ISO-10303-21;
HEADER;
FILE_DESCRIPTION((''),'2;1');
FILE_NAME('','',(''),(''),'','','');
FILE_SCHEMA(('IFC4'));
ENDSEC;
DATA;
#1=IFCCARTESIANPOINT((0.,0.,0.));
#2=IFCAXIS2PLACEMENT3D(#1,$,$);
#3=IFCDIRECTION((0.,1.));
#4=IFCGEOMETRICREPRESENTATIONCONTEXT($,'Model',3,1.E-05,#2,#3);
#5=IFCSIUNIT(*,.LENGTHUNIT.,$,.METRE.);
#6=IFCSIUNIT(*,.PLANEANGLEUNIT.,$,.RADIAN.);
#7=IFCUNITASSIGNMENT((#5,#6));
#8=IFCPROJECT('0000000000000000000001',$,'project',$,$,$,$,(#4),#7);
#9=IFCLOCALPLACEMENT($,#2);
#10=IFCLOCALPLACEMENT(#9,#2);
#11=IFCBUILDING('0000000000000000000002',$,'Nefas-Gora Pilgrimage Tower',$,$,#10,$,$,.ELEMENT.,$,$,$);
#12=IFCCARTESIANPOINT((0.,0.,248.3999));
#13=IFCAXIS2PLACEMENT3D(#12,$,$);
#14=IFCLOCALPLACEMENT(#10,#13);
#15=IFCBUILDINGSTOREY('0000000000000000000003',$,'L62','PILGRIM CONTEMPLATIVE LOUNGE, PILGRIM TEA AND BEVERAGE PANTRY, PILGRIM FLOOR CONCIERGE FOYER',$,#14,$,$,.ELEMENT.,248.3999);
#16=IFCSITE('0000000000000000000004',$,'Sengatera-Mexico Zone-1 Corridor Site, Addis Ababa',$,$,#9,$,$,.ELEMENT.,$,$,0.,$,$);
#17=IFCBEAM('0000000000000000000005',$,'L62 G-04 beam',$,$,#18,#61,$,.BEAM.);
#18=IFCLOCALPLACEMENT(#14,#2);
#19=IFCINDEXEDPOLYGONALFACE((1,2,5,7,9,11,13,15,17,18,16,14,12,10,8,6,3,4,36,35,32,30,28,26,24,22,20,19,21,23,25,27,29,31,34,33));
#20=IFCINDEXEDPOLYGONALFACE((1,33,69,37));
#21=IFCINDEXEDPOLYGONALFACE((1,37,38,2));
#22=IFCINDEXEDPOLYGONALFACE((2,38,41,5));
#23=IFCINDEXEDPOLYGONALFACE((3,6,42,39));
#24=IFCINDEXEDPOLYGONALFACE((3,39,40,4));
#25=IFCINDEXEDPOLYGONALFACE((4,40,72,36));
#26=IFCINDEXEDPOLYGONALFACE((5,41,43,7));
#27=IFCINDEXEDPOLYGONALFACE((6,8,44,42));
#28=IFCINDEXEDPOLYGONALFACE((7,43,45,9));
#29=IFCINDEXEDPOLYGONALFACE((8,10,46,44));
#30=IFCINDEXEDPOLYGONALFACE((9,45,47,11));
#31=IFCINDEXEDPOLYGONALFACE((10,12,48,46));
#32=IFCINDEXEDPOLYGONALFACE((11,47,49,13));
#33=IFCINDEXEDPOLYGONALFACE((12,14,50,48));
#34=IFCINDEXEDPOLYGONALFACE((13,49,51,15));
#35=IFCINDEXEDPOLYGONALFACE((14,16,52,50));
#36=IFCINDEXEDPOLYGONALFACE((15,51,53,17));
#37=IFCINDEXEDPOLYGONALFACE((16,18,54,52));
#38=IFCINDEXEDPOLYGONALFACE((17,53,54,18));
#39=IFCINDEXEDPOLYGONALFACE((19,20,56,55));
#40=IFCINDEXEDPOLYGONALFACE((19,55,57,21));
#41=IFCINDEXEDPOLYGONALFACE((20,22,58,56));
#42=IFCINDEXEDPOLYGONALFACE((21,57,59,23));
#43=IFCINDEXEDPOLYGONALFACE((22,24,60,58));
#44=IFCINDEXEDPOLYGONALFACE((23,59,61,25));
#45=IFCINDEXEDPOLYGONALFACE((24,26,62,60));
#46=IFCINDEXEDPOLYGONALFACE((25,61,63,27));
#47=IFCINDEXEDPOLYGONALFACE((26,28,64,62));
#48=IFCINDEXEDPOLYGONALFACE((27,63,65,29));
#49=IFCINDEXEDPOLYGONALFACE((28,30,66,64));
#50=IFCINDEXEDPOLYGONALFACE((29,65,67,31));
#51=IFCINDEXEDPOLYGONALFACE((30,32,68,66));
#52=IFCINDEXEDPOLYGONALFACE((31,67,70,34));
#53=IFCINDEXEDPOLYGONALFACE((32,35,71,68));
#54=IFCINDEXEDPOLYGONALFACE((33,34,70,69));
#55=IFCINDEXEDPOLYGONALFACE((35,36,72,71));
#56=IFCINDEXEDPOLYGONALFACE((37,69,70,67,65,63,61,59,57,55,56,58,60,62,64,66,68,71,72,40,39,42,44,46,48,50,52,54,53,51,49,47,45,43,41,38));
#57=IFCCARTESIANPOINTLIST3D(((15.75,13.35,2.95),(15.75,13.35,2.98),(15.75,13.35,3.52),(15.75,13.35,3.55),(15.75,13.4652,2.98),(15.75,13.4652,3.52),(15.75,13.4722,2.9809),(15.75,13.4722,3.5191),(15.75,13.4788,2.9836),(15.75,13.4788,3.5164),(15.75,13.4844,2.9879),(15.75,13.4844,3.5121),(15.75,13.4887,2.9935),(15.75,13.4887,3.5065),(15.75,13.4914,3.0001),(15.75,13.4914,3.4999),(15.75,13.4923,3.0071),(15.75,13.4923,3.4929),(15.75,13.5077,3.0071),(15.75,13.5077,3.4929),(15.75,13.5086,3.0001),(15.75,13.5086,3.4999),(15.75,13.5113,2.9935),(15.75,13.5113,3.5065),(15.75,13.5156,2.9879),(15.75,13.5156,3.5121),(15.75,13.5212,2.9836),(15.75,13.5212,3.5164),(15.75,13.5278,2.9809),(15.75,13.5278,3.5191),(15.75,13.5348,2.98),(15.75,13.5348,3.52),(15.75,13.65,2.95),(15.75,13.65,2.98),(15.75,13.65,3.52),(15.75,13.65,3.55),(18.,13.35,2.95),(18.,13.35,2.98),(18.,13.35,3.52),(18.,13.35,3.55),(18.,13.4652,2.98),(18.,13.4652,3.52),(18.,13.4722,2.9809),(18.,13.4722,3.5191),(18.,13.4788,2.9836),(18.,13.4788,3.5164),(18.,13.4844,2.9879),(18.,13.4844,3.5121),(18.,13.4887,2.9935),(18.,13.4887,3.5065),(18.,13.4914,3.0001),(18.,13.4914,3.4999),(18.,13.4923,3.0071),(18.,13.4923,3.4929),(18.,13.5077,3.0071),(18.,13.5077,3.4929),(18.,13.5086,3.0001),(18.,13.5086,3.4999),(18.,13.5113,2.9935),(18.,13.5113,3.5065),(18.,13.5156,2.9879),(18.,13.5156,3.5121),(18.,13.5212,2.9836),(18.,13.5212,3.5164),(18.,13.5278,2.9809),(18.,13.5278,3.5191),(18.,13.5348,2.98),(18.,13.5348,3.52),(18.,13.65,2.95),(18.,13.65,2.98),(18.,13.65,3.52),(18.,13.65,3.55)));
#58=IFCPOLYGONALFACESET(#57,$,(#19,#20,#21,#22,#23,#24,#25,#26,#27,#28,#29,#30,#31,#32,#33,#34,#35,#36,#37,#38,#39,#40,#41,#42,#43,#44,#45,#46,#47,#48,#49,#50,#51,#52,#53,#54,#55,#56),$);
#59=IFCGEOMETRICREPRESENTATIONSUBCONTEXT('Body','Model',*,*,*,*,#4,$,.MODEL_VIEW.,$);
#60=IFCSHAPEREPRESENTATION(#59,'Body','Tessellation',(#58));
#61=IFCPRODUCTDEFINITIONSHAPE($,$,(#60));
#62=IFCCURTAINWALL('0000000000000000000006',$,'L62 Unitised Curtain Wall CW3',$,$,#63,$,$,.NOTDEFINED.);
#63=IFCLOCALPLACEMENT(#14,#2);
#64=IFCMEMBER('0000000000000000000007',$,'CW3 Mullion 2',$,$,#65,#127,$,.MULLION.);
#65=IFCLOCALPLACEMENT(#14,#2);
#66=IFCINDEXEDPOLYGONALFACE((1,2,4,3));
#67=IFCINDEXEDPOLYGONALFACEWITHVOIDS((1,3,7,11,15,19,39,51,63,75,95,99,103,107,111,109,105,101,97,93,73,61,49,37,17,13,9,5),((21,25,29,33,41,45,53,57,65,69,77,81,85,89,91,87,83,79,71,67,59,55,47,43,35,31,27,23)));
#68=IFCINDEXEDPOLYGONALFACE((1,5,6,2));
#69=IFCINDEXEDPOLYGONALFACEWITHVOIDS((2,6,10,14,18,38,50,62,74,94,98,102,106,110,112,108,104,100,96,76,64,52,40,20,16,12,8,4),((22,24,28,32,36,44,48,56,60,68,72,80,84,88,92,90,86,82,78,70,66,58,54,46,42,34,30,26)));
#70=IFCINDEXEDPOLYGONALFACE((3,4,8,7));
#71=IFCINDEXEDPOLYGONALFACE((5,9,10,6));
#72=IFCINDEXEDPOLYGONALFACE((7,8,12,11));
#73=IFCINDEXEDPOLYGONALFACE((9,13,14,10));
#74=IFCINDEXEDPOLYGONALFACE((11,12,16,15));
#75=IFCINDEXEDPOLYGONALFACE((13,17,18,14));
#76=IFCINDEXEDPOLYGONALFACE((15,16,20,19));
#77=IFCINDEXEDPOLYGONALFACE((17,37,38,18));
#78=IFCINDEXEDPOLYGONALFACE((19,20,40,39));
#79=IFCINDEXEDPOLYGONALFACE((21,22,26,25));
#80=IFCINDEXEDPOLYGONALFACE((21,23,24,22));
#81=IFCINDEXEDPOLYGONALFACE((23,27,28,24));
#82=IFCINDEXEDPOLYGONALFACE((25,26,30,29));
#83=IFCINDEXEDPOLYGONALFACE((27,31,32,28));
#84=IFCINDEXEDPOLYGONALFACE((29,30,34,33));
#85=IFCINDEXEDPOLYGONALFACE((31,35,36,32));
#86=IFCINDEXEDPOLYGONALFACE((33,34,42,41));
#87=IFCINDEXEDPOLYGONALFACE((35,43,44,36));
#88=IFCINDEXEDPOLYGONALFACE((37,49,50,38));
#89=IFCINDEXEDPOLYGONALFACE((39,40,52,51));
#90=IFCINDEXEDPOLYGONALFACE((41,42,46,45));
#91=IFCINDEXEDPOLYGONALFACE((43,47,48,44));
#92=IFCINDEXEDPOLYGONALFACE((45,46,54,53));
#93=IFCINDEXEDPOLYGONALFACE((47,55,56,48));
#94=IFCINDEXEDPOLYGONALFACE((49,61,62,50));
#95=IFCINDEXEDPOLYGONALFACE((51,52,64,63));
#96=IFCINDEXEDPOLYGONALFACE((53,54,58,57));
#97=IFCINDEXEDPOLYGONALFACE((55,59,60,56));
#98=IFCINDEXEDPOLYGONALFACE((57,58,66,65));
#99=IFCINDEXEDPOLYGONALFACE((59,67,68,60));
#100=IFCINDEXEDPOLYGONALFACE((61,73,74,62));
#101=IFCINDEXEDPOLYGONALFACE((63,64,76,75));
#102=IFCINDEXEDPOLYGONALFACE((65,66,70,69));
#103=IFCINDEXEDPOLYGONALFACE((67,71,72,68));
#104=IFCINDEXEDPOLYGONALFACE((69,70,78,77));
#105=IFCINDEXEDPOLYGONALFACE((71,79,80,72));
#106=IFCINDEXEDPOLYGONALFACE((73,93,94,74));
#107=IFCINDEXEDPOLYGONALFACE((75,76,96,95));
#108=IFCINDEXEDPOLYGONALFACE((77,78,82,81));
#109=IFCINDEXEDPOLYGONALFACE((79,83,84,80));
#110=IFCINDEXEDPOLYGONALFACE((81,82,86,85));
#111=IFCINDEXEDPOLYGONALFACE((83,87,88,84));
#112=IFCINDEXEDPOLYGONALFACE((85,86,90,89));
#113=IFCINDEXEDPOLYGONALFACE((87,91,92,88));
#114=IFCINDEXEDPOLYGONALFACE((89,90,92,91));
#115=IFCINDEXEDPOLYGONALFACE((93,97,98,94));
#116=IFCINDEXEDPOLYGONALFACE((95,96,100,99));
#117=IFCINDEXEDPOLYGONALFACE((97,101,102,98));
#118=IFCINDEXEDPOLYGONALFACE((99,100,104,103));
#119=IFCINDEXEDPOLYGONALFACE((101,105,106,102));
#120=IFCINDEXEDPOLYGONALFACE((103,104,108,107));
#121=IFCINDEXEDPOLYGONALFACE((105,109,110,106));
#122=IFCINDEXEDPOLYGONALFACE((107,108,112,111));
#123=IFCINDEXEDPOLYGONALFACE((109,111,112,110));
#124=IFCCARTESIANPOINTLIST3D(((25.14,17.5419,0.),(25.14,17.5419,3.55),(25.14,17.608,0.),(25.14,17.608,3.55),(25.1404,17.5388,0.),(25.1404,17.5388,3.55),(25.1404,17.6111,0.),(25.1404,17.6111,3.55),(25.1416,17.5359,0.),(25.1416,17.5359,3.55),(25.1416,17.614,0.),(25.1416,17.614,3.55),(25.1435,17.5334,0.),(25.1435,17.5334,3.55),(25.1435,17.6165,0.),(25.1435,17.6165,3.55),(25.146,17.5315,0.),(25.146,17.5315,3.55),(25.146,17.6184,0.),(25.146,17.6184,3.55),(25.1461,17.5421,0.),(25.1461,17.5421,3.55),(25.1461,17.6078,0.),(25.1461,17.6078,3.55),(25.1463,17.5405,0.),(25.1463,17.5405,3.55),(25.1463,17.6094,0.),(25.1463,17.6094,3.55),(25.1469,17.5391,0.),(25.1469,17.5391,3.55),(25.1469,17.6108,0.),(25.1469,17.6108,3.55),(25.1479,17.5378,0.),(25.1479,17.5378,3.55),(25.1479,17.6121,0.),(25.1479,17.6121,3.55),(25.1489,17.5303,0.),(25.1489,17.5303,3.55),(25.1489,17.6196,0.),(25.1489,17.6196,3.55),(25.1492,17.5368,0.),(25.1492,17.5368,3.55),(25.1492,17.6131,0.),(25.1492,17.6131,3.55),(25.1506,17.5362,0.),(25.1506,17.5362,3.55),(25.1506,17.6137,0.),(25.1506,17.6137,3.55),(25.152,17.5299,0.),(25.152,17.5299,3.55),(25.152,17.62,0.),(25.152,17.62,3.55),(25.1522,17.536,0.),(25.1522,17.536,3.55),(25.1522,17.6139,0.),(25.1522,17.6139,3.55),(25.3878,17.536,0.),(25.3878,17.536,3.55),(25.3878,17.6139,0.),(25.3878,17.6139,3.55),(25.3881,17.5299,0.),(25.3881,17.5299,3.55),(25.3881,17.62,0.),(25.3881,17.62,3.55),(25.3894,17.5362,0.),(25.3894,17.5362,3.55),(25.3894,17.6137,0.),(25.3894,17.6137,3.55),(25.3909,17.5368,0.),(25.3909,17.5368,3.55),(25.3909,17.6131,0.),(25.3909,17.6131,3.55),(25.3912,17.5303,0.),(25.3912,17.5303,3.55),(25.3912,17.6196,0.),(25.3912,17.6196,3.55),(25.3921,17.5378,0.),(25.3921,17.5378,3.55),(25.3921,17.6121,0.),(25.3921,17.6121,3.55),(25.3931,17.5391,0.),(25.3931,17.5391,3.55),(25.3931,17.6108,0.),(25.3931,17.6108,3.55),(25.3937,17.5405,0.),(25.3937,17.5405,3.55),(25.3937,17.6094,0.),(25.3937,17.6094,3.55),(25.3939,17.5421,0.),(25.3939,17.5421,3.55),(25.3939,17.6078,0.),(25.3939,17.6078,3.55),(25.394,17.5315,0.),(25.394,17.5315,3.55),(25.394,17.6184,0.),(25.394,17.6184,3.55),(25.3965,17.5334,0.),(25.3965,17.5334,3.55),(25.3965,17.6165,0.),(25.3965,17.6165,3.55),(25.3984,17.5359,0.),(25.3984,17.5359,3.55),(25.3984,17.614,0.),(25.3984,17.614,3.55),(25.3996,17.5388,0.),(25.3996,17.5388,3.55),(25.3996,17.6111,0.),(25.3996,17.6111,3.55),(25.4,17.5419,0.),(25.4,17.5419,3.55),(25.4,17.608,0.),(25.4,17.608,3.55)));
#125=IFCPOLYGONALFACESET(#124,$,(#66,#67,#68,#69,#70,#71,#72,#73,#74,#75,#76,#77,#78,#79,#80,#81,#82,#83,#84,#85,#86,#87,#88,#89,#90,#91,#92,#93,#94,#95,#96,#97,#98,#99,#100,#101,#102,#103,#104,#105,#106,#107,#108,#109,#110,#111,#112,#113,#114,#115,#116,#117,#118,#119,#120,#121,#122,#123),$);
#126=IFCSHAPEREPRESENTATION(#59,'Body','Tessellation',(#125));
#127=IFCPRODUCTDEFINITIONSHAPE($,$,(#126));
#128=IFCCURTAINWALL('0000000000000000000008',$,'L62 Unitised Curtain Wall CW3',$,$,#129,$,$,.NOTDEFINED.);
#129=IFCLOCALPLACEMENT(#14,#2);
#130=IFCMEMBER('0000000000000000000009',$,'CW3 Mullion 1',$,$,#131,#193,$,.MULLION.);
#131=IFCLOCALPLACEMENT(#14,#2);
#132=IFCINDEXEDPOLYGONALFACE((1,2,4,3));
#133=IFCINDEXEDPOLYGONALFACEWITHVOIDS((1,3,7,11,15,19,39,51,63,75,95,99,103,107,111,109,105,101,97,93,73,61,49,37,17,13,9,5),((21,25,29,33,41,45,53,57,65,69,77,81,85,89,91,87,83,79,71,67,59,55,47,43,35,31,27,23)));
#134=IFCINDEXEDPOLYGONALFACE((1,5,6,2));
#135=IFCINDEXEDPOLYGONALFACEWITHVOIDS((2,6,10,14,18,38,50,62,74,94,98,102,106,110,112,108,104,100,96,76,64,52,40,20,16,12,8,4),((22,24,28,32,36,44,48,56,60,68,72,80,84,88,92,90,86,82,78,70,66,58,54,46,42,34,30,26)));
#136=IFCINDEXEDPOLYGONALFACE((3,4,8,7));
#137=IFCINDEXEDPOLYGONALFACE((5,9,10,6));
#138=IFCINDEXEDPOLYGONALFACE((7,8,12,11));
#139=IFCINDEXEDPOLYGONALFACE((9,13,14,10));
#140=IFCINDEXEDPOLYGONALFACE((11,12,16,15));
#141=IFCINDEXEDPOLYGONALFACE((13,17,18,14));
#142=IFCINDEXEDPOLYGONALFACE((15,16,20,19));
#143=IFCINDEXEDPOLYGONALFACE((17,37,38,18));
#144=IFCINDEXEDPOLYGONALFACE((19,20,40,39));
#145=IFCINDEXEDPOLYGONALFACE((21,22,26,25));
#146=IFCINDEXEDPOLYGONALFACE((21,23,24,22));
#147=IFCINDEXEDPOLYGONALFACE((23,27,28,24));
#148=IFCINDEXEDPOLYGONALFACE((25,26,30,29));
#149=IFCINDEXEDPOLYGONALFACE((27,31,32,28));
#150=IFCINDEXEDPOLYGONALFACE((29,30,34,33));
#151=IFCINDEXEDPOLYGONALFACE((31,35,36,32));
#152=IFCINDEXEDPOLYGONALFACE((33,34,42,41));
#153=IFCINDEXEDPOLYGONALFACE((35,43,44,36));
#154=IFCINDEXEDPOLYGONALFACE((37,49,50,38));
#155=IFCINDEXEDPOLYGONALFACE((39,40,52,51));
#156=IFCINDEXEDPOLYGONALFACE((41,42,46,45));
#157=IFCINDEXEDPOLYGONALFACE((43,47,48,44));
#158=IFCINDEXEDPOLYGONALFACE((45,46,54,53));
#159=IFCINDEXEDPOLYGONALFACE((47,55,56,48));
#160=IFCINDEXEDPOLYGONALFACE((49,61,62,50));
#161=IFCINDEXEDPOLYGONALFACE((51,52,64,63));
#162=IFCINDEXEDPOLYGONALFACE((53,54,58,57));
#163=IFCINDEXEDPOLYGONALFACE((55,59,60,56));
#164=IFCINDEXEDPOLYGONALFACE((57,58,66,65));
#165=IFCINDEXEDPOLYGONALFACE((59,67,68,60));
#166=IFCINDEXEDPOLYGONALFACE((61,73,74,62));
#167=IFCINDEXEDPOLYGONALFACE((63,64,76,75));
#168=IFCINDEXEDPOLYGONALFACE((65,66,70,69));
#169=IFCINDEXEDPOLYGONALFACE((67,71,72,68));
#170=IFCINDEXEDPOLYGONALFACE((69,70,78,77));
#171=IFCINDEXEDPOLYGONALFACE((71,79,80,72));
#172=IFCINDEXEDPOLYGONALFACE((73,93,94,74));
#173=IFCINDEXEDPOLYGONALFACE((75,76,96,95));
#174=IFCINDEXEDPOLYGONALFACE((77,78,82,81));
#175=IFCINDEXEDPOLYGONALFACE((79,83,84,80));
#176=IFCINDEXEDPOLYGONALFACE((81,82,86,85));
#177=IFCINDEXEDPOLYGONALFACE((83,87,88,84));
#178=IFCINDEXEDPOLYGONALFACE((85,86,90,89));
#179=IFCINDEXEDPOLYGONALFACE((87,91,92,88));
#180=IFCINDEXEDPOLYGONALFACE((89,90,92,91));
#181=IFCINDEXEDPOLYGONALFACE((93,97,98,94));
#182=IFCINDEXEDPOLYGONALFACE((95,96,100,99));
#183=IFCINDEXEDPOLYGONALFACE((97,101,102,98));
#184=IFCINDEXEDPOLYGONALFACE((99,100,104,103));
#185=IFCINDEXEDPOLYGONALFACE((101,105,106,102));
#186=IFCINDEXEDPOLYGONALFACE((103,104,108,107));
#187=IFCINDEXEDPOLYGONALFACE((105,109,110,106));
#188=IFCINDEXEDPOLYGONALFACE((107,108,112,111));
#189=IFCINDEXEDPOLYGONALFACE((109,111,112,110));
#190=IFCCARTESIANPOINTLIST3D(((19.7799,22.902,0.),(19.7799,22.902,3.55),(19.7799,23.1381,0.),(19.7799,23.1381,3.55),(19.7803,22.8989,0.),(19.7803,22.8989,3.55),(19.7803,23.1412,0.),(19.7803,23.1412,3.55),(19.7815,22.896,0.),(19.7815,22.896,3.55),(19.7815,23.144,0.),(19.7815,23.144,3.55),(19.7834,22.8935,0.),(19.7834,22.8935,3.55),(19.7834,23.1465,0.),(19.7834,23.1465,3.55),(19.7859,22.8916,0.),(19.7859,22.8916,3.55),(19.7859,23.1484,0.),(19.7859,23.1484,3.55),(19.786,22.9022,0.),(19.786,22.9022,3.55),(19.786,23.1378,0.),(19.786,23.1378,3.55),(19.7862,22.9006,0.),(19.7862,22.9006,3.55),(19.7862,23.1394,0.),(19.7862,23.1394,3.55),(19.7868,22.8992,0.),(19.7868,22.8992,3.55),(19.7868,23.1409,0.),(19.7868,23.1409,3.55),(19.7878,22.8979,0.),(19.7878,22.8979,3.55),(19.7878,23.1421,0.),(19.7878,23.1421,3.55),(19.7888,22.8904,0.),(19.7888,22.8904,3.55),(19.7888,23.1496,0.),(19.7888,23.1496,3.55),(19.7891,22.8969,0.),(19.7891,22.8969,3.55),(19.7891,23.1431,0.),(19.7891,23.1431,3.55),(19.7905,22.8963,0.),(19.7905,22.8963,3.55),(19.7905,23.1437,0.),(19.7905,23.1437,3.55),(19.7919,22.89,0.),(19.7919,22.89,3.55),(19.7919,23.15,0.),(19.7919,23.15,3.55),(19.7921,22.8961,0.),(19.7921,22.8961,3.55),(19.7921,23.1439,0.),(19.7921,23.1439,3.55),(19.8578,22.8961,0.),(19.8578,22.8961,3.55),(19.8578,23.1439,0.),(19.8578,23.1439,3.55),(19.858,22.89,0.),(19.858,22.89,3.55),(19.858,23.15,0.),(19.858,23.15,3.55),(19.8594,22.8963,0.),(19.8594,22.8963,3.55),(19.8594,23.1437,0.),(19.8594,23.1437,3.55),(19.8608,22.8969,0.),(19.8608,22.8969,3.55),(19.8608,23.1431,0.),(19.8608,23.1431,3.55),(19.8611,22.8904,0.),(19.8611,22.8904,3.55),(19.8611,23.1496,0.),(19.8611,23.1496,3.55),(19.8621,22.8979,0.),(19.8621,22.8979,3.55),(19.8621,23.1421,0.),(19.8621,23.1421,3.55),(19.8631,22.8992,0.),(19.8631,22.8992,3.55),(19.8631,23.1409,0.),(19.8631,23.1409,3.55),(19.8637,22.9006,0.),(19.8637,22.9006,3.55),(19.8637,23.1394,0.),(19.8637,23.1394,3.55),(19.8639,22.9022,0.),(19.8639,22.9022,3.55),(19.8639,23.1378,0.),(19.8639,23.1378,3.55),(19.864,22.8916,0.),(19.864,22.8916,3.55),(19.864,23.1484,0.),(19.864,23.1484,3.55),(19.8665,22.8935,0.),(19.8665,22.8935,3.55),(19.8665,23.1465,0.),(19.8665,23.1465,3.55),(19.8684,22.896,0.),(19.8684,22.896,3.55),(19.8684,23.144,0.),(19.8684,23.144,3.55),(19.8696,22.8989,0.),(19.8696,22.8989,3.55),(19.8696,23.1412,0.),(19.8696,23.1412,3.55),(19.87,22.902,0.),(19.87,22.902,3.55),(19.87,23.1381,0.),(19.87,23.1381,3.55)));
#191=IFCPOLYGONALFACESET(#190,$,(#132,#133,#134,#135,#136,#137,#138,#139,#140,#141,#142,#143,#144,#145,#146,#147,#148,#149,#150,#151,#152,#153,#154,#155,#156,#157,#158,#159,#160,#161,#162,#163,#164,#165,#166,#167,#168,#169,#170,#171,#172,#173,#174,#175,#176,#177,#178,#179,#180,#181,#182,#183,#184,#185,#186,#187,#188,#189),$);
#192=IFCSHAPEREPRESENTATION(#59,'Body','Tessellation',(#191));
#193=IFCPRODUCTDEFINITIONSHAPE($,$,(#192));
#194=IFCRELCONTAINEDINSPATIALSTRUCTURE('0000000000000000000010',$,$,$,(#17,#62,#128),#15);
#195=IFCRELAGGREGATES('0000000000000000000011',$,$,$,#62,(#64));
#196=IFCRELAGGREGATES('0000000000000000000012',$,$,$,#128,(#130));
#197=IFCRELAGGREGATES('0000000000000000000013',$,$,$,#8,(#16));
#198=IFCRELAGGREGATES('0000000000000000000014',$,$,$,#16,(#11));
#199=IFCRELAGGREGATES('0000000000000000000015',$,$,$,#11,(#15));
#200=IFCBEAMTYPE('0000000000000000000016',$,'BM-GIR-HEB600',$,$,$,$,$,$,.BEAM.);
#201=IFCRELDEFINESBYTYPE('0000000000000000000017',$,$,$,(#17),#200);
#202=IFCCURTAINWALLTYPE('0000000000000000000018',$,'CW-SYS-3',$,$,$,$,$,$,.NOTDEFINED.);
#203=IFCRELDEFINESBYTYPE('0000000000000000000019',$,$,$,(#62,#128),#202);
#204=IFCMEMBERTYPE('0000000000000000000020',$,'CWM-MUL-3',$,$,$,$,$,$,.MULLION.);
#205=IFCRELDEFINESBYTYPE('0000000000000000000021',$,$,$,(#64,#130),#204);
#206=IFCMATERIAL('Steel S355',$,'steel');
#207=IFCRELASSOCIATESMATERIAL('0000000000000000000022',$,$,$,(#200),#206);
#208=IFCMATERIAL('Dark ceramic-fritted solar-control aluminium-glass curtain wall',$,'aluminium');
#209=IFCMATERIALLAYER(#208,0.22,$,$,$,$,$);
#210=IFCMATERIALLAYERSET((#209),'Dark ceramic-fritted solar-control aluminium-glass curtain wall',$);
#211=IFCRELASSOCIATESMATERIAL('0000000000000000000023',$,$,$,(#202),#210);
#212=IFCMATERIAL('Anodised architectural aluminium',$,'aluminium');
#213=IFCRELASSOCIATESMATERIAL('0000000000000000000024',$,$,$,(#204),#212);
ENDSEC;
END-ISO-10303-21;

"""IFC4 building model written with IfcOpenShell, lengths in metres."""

from ifc_helpers import new_model, si_unit, direction, frame, origin, origin_2d, place, context, subcontext, project, spatial, hollow_rectangle, i_section, extrude, source, transform, mapped, material, layer, layer_set, material_profile, profile_set, type_object, element, aggregate, save


model = new_model("IFC4")

# Units and contexts
model_context = context("Model", 3, precision=1e-05, world=origin(), true_north=direction((0.0, 1.0)))
body_context = subcontext(model_context, "Body", "Model", "MODEL_VIEW")
ifc_project = project(units=[si_unit("LENGTHUNIT", "METRE"), si_unit("PLANEANGLEUNIT", "RADIAN")], contexts=[model_context])

# Site, building, storey
site_placement = place(None, origin())
site = spatial("IfcSite", under=ifc_project, at=site_placement, Name="Sengatera-Mexico Zone-1 Corridor Site, Addis Ababa", CompositionType="ELEMENT", RefElevation=0.0)
building_placement = place(site_placement, origin())
building = spatial("IfcBuilding", under=site, at=building_placement, Name="Nefas-Gora Pilgrimage Tower", CompositionType="ELEMENT")
storey_placement = place(building_placement, frame((0.0, 0.0, 248.3999)))
storey = spatial("IfcBuildingStorey", under=building, at=storey_placement, Name="L62", Description="PILGRIM CONTEMPLATIVE LOUNGE, PILGRIM TEA AND BEVERAGE PANTRY, PILGRIM FLOOR CONCIERGE FOYER", CompositionType="ELEMENT", Elevation=248.3999)

# Beam
ifc_material_1 = material(Name="Steel S355", Category="steel")
ifc_material_profile_1 = material_profile(ifc_material_1, i_section(OverallWidth=0.3, OverallDepth=0.6001, WebThickness=0.0154, FlangeThickness=0.03, FilletRadius=0.0271, at=origin_2d()), Name="HEB 600")
ifc_profile_set_1 = profile_set([ifc_material_profile_1], Name="Steel S355")
beam_type_1 = type_object("IfcBeamType", Name="BM-GIR-HEB600", PredefinedType="BEAM", material=ifc_profile_set_1)
shared_shape_1 = source(origin(), body_context, "Body", "SweptSolid", [
    extrude(i_section(OverallWidth=0.3, OverallDepth=0.6001, WebThickness=0.0154, FlangeThickness=0.03, FilletRadius=0.0271, at=origin_2d()), origin(), (0.0, 0.0, 1.0), 2.25),
])
beam_1_placement = place(storey_placement, frame((15.75, 13.5, 3.25), z_axis=(1.0, 0.0, 0.0), x_axis=(0.0, 1.0, 0.0)))
element("IfcBeam", 1, at=beam_1_placement, inside=storey, type_object=beam_type_1, Name="L62 G-04 beam", PredefinedType="BEAM", context=body_context, shape_type="MappedRepresentation", body=[
    mapped(shared_shape_1, transform((0.0, 0.0, 0.0), x_axis=(1.0, 0.0, 0.0), y_axis=(0.0, 1.0, 0.0), z_axis=(0.0, 0.0, 1.0), scale=1.0)),
])

# Curtain wall, member
ifc_material_2 = material(Name="Dark ceramic-fritted solar-control aluminium-glass curtain wall", Category="aluminium")
ifc_layer_1 = layer(ifc_material_2, 0.22)
ifc_layer_set_1 = layer_set([ifc_layer_1], Name="Dark ceramic-fritted solar-control aluminium-glass curtain wall")
curtain_wall_type = type_object("IfcCurtainWallType", Name="CW-SYS-3", PredefinedType="NOTDEFINED", material=ifc_layer_set_1)
curtain_wall_1_placement = place(storey_placement, origin())
curtain_wall_1 = element("IfcCurtainWall", 2, at=curtain_wall_1_placement, inside=storey, type_object=curtain_wall_type, Name="L62 Unitised Curtain Wall CW3", PredefinedType="NOTDEFINED")
ifc_material_3 = material(Name="Anodised architectural aluminium", Category="aluminium")
ifc_material_profile_2 = material_profile(ifc_material_3, hollow_rectangle(XDim=0.0901, YDim=0.26, WallThickness=0.0061, InnerFilletRadius=0.0061, OuterFilletRadius=0.012, at=origin_2d()), Name="ALU MULLION 90x260")
ifc_profile_set_2 = profile_set([ifc_material_profile_2], Name="Anodised architectural aluminium")
member_type_1 = type_object("IfcMemberType", Name="CWM-MUL-3", PredefinedType="MULLION", material=ifc_profile_set_2)
shared_shape_2 = source(origin(), body_context, "Body", "SweptSolid", [
    extrude(hollow_rectangle(XDim=0.0901, YDim=0.26, WallThickness=0.0061, InnerFilletRadius=0.0061, OuterFilletRadius=0.012, at=origin_2d()), origin(), (0.0, 0.0, 1.0), 3.55),
])
member_1_placement = place(storey_placement, frame((25.27, 17.575, 0.0), z_axis=(0.0, 0.0, 1.0), x_axis=(0.0, 1.0, 0.0)))
member_1 = element("IfcMember", 3, at=member_1_placement, type_object=member_type_1, Name="CW3 Mullion 2", PredefinedType="MULLION", context=body_context, shape_type="MappedRepresentation", body=[
    mapped(shared_shape_2, transform((0.0, 0.0, 0.0), x_axis=(1.0, 0.0, 0.0), y_axis=(0.0, 1.0, 0.0), z_axis=(0.0, 0.0, 1.0), scale=1.0)),
])
aggregate(curtain_wall_1, [member_1])

# Curtain wall, member
curtain_wall_2_placement = place(storey_placement, origin())
curtain_wall_2 = element("IfcCurtainWall", 4, at=curtain_wall_2_placement, inside=storey, type_object=curtain_wall_type, Name="L62 Unitised Curtain Wall CW3", PredefinedType="NOTDEFINED")
member_2_placement = place(storey_placement, frame((19.825, 23.02, 0.0), z_axis=(0.0, 0.0, 1.0), x_axis=(-1.0, 0.0, 0.0)))
member_2 = element("IfcMember", 5, at=member_2_placement, type_object=member_type_1, Name="CW3 Mullion 1", PredefinedType="MULLION", context=body_context, shape_type="MappedRepresentation", body=[
    mapped(shared_shape_2, transform((0.0, 0.0, 0.0), x_axis=(1.0, 0.0, 0.0), y_axis=(0.0, 1.0, 0.0), z_axis=(0.0, 0.0, 1.0), scale=1.0)),
])
aggregate(curtain_wall_2, [member_2])

save(model, "model.ifc")
